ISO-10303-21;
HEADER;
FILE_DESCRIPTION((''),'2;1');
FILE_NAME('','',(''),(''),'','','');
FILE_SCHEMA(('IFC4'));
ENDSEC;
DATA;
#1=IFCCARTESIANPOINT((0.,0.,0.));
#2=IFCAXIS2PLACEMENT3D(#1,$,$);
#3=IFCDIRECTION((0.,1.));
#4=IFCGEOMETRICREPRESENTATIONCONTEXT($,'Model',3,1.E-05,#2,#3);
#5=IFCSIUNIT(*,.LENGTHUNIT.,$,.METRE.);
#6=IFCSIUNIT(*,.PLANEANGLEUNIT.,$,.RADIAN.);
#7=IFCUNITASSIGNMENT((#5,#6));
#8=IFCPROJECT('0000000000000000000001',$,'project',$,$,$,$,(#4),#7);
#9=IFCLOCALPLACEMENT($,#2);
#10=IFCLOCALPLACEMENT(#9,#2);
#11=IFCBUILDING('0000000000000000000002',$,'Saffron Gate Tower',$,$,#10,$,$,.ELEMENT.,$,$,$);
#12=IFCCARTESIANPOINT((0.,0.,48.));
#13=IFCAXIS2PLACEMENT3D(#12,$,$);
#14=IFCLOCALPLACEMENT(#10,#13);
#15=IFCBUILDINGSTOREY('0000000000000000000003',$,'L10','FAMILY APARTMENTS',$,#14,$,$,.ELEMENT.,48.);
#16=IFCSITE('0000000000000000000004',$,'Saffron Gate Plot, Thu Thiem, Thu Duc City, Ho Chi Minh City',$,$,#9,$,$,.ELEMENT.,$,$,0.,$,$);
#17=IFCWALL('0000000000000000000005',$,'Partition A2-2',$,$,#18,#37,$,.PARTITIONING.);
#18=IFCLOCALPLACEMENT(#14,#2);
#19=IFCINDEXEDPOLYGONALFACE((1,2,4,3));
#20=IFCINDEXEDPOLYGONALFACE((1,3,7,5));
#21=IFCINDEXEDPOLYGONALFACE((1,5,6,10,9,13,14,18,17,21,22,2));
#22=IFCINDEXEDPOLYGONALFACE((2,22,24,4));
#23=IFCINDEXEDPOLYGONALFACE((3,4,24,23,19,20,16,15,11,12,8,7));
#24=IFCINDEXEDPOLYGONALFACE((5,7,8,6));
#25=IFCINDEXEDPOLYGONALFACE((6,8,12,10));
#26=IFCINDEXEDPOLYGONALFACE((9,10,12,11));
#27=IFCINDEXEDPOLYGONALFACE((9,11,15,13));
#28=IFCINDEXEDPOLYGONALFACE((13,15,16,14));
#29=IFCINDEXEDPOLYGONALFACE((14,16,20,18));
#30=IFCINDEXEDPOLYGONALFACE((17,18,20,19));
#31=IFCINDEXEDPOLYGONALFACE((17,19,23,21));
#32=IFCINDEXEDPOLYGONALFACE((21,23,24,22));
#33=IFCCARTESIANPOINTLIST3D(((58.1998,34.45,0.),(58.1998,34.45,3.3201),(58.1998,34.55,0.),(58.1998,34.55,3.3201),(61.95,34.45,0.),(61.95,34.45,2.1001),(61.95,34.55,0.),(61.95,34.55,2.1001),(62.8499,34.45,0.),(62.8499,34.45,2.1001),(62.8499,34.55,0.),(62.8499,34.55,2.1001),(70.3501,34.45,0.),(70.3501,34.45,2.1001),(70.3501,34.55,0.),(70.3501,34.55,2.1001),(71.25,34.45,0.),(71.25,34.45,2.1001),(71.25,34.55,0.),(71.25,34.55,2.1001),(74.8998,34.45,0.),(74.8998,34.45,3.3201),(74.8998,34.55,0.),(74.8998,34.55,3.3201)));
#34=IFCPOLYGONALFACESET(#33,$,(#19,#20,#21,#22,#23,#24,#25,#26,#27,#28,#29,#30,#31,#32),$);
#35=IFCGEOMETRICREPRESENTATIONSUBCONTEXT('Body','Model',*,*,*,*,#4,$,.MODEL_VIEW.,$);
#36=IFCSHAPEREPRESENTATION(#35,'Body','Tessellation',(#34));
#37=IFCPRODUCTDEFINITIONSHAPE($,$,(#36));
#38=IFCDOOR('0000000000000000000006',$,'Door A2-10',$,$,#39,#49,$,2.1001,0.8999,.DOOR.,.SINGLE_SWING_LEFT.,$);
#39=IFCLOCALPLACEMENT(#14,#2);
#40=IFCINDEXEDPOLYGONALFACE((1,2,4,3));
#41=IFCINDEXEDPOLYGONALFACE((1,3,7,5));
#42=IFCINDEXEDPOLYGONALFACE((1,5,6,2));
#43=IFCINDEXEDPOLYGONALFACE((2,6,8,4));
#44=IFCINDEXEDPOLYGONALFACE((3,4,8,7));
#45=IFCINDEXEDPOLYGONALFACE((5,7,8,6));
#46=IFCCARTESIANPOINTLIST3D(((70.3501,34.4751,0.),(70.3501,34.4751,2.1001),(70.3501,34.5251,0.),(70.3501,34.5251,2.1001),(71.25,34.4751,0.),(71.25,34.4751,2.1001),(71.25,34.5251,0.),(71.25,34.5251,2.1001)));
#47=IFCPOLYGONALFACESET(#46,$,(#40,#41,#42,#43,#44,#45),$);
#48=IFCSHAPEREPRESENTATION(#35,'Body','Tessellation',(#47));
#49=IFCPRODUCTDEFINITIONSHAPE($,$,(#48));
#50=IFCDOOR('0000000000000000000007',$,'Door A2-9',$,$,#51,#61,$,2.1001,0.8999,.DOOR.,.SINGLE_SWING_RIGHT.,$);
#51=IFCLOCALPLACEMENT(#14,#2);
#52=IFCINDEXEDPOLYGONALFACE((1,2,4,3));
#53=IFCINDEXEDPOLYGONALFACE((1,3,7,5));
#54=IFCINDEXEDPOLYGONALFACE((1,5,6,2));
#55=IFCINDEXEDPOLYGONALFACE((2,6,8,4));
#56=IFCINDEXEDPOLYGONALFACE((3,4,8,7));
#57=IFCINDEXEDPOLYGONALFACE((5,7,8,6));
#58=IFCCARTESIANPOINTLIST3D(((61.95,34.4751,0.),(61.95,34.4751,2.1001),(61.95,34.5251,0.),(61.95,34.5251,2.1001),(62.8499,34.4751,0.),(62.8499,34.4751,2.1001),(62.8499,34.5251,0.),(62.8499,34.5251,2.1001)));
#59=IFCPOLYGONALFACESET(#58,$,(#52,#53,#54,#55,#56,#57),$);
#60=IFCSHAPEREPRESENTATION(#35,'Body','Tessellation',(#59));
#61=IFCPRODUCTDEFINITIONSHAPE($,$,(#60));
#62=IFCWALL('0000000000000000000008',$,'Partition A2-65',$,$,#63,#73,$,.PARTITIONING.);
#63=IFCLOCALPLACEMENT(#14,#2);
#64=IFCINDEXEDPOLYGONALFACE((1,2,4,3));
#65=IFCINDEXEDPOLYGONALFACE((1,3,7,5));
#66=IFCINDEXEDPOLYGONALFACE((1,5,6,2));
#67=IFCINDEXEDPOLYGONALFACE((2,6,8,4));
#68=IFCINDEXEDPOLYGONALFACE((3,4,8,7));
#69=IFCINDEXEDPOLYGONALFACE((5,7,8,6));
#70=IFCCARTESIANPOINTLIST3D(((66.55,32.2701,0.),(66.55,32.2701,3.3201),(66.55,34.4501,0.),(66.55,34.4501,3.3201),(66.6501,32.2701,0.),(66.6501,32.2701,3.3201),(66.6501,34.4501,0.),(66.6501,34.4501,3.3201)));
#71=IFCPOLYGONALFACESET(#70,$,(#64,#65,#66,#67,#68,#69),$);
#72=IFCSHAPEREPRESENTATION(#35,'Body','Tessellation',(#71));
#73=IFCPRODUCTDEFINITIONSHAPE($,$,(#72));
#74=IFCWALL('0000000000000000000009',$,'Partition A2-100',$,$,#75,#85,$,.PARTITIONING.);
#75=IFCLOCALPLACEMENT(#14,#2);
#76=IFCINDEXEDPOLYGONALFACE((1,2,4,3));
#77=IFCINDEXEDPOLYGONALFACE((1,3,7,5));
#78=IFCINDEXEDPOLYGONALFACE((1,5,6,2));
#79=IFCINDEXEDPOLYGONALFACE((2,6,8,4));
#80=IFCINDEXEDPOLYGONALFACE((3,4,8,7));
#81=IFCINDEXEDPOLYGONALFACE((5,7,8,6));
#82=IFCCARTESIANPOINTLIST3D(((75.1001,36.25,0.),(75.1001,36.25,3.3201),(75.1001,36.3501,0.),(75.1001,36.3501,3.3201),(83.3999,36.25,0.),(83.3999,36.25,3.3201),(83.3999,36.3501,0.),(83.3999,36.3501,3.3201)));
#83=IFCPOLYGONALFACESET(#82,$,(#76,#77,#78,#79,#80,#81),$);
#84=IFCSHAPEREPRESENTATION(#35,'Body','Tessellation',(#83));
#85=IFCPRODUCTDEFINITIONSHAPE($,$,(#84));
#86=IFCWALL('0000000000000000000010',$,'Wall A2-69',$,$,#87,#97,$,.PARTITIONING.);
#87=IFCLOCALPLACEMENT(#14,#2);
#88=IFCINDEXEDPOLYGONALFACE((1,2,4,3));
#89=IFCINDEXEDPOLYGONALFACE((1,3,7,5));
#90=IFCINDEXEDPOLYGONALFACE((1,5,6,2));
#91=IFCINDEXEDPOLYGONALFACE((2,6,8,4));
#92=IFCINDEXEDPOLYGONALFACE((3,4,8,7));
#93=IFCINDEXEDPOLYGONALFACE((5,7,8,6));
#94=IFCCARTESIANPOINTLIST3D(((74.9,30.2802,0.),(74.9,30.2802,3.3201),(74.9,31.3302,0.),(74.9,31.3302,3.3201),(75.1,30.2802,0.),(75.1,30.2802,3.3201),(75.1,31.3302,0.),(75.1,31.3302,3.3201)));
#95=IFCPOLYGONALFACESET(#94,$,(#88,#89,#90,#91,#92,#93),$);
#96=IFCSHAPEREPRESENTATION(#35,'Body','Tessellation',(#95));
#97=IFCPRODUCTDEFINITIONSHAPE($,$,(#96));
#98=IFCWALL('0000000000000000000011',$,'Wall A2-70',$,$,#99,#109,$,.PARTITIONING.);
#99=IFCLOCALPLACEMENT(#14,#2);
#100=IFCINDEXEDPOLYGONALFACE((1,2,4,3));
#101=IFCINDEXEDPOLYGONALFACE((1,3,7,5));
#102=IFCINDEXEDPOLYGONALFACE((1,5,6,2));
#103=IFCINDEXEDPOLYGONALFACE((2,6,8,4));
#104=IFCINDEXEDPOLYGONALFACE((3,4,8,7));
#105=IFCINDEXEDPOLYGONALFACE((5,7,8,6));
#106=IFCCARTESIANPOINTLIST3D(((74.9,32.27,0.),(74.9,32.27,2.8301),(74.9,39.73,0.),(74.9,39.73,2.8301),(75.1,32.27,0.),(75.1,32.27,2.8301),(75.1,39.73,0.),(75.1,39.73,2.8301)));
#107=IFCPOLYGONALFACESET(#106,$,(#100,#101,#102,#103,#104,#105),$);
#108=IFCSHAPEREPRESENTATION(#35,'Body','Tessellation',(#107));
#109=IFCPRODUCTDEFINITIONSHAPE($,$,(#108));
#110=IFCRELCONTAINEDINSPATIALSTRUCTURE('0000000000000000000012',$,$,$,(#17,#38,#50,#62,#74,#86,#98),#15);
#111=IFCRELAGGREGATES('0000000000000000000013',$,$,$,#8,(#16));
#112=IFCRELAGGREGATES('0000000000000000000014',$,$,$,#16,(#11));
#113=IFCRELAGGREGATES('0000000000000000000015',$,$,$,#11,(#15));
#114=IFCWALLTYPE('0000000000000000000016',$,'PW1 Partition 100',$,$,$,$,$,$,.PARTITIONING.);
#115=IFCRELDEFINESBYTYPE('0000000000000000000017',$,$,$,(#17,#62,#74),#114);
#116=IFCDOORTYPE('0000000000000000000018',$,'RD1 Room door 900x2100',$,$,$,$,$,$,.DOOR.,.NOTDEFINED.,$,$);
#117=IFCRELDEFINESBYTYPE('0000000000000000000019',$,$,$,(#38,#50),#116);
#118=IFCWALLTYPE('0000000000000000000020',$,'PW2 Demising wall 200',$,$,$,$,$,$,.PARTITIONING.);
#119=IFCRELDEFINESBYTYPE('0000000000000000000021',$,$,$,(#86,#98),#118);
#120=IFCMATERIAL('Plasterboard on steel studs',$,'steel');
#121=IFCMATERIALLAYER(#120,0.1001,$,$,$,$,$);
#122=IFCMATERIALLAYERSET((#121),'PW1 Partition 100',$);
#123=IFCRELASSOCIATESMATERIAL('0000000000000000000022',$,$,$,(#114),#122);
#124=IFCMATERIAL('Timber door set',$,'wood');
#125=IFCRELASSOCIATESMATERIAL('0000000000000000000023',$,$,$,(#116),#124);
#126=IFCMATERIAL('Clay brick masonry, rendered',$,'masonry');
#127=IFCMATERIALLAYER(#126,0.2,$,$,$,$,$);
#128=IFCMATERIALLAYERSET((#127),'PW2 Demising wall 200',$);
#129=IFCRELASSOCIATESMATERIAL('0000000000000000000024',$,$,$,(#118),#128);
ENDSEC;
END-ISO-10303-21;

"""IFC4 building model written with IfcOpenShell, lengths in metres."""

from ifc_helpers import new_model, si_unit, direction, frame, frame_2d, origin, place, context, subcontext, project, spatial, rectangle, extrude, material, layer, layer_set, type_object, element, fill, save


model = new_model("IFC4")

# Units and contexts
model_context = context("Model", 3, precision=1e-05, world=origin(), true_north=direction((0.0, 1.0)))
body_context = subcontext(model_context, "Body", "Model", "MODEL_VIEW")
ifc_project = project(units=[si_unit("LENGTHUNIT", "METRE"), si_unit("PLANEANGLEUNIT", "RADIAN")], contexts=[model_context])

# Site, building, storey
site_placement = place(None, origin())
site = spatial("IfcSite", under=ifc_project, at=site_placement, Name="Saffron Gate Plot, Thu Thiem, Thu Duc City, Ho Chi Minh City", CompositionType="ELEMENT", RefElevation=0.0)
building_placement = place(site_placement, origin())
building = spatial("IfcBuilding", under=site, at=building_placement, Name="Saffron Gate Tower", CompositionType="ELEMENT")
storey_placement = place(building_placement, frame((0.0, 0.0, 48.0)))
storey = spatial("IfcBuildingStorey", under=building, at=storey_placement, Name="L10", Description="FAMILY APARTMENTS", CompositionType="ELEMENT", Elevation=48.0)

# Wall, openings, doors
ifc_material_1 = material(Name="Plasterboard on steel studs", Category="steel")
ifc_layer_1 = layer(ifc_material_1, 0.1001)
ifc_layer_set_1 = layer_set([ifc_layer_1], Name="PW1 Partition 100")
wall_type_1 = type_object("IfcWallType", Name="PW1 Partition 100", PredefinedType="PARTITIONING", material=ifc_layer_set_1)
wall_1_placement = place(storey_placement, frame((74.8999, 34.5, 0.0), z_axis=(0.0, 0.0, 1.0), x_axis=(-1.0, 0.0, 0.0)))
wall_1 = element("IfcWall", 1, at=wall_1_placement, inside=storey, type_object=wall_type_1, Name="Partition A2-2", PredefinedType="PARTITIONING", context=body_context, shape_type="SweptSolid", body=[
    extrude(rectangle(XDim=16.7, YDim=0.1001, at=frame_2d((8.3501, 0.0))), origin(), (0.0, 0.0, 1.0), 3.3201),
])
opening_1_placement = place(wall_1_placement, frame((3.6499, 0.0, 0.0)))
opening_1 = element("IfcOpeningElement", 2, at=opening_1_placement, cuts=wall_1, PredefinedType="OPENING", context=body_context, shape_type="SweptSolid", body=[
    extrude(rectangle(XDim=0.8999, YDim=2.1001, at=frame_2d((0.45, 1.05))), frame((0.0, 0.0601, 0.0), z_axis=(0.0, -1.0, 0.0), x_axis=(1.0, 0.0, 0.0)), (0.0, 0.0, 1.0), 0.1201),
])
opening_2_placement = place(wall_1_placement, frame((12.05, 0.0, 0.0)))
opening_2 = element("IfcOpeningElement", 3, at=opening_2_placement, cuts=wall_1, PredefinedType="OPENING", context=body_context, shape_type="SweptSolid", body=[
    extrude(rectangle(XDim=0.8999, YDim=2.1001, at=frame_2d((0.45, 1.05))), frame((0.0, 0.0601, 0.0), z_axis=(0.0, -1.0, 0.0), x_axis=(1.0, 0.0, 0.0)), (0.0, 0.0, 1.0), 0.1201),
])
ifc_material_2 = material(Name="Timber door set", Category="wood")
door_type = type_object("IfcDoorType", Name="RD1 Room door 900x2100", OperationType="NOTDEFINED", PredefinedType="DOOR", material=ifc_material_2)
door_1_placement = place(opening_1_placement, origin())
door_1 = element("IfcDoor", 4, at=door_1_placement, inside=storey, type_object=door_type, Name="Door A2-10", OperationType="SINGLE_SWING_LEFT", OverallHeight=2.1001, OverallWidth=0.8999, PredefinedType="DOOR", context=body_context, shape_type="SweptSolid", body=[
    extrude(rectangle(XDim=0.8999, YDim=2.1001, at=frame_2d((0.45, 1.05))), frame((0.0, 0.0249, 0.0), z_axis=(0.0, -1.0, 0.0), x_axis=(1.0, 0.0, 0.0)), (0.0, 0.0, 1.0), 0.05),
])
fill(opening_1, door_1)
door_2_placement = place(opening_2_placement, origin())
door_2 = element("IfcDoor", 5, at=door_2_placement, inside=storey, type_object=door_type, Name="Door A2-9", OperationType="SINGLE_SWING_RIGHT", OverallHeight=2.1001, OverallWidth=0.8999, PredefinedType="DOOR", context=body_context, shape_type="SweptSolid", body=[
    extrude(rectangle(XDim=0.8999, YDim=2.1001, at=frame_2d((0.45, 1.05))), frame((0.0, 0.0249, 0.0), z_axis=(0.0, -1.0, 0.0), x_axis=(1.0, 0.0, 0.0)), (0.0, 0.0, 1.0), 0.05),
])
fill(opening_2, door_2)

# Walls
wall_2_placement = place(storey_placement, frame((66.6001, 34.45, 0.0), z_axis=(0.0, 0.0, 1.0), x_axis=(0.0, -1.0, 0.0)))
element("IfcWall", 6, at=wall_2_placement, inside=storey, type_object=wall_type_1, Name="Partition A2-65", PredefinedType="PARTITIONING", context=body_context, shape_type="SweptSolid", body=[
    extrude(rectangle(XDim=2.1799, YDim=0.1001, at=frame_2d((1.0898, 0.0))), origin(), (0.0, 0.0, 1.0), 3.3201),
])
wall_3_placement = place(storey_placement, frame((75.1001, 36.3, 0.0), z_axis=(0.0, 0.0, 1.0), x_axis=(1.0, 0.0, 0.0)))
element("IfcWall", 7, at=wall_3_placement, inside=storey, type_object=wall_type_1, Name="Partition A2-100", PredefinedType="PARTITIONING", context=body_context, shape_type="SweptSolid", body=[
    extrude(rectangle(XDim=8.2998, YDim=0.1001, at=frame_2d((4.1499, 0.0))), origin(), (0.0, 0.0, 1.0), 3.3201),
])
ifc_material_3 = material(Name="Clay brick masonry, rendered", Category="masonry")
ifc_layer_2 = layer(ifc_material_3, 0.2)
ifc_layer_set_2 = layer_set([ifc_layer_2], Name="PW2 Demising wall 200")
wall_type_2 = type_object("IfcWallType", Name="PW2 Demising wall 200", PredefinedType="PARTITIONING", material=ifc_layer_set_2)
wall_4_placement = place(storey_placement, frame((75.0, 31.3301, 0.0), z_axis=(0.0, 0.0, 1.0), x_axis=(0.0, -1.0, 0.0)))
element("IfcWall", 8, at=wall_4_placement, inside=storey, type_object=wall_type_2, Name="Wall A2-69", PredefinedType="PARTITIONING", context=body_context, shape_type="SweptSolid", body=[
    extrude(rectangle(XDim=1.05, YDim=0.2, at=frame_2d((0.5249, 0.0))), origin(), (0.0, 0.0, 1.0), 3.3201),
])
wall_5_placement = place(storey_placement, frame((75.0, 39.73, 0.0), z_axis=(0.0, 0.0, 1.0), x_axis=(0.0, -1.0, 0.0)))
element("IfcWall", 9, at=wall_5_placement, inside=storey, type_object=wall_type_2, Name="Wall A2-70", PredefinedType="PARTITIONING", context=body_context, shape_type="SweptSolid", body=[
    extrude(rectangle(XDim=7.46, YDim=0.2, at=frame_2d((3.73, 0.0))), origin(), (0.0, 0.0, 1.0), 2.8301),
])

save(model, "model.ifc")
